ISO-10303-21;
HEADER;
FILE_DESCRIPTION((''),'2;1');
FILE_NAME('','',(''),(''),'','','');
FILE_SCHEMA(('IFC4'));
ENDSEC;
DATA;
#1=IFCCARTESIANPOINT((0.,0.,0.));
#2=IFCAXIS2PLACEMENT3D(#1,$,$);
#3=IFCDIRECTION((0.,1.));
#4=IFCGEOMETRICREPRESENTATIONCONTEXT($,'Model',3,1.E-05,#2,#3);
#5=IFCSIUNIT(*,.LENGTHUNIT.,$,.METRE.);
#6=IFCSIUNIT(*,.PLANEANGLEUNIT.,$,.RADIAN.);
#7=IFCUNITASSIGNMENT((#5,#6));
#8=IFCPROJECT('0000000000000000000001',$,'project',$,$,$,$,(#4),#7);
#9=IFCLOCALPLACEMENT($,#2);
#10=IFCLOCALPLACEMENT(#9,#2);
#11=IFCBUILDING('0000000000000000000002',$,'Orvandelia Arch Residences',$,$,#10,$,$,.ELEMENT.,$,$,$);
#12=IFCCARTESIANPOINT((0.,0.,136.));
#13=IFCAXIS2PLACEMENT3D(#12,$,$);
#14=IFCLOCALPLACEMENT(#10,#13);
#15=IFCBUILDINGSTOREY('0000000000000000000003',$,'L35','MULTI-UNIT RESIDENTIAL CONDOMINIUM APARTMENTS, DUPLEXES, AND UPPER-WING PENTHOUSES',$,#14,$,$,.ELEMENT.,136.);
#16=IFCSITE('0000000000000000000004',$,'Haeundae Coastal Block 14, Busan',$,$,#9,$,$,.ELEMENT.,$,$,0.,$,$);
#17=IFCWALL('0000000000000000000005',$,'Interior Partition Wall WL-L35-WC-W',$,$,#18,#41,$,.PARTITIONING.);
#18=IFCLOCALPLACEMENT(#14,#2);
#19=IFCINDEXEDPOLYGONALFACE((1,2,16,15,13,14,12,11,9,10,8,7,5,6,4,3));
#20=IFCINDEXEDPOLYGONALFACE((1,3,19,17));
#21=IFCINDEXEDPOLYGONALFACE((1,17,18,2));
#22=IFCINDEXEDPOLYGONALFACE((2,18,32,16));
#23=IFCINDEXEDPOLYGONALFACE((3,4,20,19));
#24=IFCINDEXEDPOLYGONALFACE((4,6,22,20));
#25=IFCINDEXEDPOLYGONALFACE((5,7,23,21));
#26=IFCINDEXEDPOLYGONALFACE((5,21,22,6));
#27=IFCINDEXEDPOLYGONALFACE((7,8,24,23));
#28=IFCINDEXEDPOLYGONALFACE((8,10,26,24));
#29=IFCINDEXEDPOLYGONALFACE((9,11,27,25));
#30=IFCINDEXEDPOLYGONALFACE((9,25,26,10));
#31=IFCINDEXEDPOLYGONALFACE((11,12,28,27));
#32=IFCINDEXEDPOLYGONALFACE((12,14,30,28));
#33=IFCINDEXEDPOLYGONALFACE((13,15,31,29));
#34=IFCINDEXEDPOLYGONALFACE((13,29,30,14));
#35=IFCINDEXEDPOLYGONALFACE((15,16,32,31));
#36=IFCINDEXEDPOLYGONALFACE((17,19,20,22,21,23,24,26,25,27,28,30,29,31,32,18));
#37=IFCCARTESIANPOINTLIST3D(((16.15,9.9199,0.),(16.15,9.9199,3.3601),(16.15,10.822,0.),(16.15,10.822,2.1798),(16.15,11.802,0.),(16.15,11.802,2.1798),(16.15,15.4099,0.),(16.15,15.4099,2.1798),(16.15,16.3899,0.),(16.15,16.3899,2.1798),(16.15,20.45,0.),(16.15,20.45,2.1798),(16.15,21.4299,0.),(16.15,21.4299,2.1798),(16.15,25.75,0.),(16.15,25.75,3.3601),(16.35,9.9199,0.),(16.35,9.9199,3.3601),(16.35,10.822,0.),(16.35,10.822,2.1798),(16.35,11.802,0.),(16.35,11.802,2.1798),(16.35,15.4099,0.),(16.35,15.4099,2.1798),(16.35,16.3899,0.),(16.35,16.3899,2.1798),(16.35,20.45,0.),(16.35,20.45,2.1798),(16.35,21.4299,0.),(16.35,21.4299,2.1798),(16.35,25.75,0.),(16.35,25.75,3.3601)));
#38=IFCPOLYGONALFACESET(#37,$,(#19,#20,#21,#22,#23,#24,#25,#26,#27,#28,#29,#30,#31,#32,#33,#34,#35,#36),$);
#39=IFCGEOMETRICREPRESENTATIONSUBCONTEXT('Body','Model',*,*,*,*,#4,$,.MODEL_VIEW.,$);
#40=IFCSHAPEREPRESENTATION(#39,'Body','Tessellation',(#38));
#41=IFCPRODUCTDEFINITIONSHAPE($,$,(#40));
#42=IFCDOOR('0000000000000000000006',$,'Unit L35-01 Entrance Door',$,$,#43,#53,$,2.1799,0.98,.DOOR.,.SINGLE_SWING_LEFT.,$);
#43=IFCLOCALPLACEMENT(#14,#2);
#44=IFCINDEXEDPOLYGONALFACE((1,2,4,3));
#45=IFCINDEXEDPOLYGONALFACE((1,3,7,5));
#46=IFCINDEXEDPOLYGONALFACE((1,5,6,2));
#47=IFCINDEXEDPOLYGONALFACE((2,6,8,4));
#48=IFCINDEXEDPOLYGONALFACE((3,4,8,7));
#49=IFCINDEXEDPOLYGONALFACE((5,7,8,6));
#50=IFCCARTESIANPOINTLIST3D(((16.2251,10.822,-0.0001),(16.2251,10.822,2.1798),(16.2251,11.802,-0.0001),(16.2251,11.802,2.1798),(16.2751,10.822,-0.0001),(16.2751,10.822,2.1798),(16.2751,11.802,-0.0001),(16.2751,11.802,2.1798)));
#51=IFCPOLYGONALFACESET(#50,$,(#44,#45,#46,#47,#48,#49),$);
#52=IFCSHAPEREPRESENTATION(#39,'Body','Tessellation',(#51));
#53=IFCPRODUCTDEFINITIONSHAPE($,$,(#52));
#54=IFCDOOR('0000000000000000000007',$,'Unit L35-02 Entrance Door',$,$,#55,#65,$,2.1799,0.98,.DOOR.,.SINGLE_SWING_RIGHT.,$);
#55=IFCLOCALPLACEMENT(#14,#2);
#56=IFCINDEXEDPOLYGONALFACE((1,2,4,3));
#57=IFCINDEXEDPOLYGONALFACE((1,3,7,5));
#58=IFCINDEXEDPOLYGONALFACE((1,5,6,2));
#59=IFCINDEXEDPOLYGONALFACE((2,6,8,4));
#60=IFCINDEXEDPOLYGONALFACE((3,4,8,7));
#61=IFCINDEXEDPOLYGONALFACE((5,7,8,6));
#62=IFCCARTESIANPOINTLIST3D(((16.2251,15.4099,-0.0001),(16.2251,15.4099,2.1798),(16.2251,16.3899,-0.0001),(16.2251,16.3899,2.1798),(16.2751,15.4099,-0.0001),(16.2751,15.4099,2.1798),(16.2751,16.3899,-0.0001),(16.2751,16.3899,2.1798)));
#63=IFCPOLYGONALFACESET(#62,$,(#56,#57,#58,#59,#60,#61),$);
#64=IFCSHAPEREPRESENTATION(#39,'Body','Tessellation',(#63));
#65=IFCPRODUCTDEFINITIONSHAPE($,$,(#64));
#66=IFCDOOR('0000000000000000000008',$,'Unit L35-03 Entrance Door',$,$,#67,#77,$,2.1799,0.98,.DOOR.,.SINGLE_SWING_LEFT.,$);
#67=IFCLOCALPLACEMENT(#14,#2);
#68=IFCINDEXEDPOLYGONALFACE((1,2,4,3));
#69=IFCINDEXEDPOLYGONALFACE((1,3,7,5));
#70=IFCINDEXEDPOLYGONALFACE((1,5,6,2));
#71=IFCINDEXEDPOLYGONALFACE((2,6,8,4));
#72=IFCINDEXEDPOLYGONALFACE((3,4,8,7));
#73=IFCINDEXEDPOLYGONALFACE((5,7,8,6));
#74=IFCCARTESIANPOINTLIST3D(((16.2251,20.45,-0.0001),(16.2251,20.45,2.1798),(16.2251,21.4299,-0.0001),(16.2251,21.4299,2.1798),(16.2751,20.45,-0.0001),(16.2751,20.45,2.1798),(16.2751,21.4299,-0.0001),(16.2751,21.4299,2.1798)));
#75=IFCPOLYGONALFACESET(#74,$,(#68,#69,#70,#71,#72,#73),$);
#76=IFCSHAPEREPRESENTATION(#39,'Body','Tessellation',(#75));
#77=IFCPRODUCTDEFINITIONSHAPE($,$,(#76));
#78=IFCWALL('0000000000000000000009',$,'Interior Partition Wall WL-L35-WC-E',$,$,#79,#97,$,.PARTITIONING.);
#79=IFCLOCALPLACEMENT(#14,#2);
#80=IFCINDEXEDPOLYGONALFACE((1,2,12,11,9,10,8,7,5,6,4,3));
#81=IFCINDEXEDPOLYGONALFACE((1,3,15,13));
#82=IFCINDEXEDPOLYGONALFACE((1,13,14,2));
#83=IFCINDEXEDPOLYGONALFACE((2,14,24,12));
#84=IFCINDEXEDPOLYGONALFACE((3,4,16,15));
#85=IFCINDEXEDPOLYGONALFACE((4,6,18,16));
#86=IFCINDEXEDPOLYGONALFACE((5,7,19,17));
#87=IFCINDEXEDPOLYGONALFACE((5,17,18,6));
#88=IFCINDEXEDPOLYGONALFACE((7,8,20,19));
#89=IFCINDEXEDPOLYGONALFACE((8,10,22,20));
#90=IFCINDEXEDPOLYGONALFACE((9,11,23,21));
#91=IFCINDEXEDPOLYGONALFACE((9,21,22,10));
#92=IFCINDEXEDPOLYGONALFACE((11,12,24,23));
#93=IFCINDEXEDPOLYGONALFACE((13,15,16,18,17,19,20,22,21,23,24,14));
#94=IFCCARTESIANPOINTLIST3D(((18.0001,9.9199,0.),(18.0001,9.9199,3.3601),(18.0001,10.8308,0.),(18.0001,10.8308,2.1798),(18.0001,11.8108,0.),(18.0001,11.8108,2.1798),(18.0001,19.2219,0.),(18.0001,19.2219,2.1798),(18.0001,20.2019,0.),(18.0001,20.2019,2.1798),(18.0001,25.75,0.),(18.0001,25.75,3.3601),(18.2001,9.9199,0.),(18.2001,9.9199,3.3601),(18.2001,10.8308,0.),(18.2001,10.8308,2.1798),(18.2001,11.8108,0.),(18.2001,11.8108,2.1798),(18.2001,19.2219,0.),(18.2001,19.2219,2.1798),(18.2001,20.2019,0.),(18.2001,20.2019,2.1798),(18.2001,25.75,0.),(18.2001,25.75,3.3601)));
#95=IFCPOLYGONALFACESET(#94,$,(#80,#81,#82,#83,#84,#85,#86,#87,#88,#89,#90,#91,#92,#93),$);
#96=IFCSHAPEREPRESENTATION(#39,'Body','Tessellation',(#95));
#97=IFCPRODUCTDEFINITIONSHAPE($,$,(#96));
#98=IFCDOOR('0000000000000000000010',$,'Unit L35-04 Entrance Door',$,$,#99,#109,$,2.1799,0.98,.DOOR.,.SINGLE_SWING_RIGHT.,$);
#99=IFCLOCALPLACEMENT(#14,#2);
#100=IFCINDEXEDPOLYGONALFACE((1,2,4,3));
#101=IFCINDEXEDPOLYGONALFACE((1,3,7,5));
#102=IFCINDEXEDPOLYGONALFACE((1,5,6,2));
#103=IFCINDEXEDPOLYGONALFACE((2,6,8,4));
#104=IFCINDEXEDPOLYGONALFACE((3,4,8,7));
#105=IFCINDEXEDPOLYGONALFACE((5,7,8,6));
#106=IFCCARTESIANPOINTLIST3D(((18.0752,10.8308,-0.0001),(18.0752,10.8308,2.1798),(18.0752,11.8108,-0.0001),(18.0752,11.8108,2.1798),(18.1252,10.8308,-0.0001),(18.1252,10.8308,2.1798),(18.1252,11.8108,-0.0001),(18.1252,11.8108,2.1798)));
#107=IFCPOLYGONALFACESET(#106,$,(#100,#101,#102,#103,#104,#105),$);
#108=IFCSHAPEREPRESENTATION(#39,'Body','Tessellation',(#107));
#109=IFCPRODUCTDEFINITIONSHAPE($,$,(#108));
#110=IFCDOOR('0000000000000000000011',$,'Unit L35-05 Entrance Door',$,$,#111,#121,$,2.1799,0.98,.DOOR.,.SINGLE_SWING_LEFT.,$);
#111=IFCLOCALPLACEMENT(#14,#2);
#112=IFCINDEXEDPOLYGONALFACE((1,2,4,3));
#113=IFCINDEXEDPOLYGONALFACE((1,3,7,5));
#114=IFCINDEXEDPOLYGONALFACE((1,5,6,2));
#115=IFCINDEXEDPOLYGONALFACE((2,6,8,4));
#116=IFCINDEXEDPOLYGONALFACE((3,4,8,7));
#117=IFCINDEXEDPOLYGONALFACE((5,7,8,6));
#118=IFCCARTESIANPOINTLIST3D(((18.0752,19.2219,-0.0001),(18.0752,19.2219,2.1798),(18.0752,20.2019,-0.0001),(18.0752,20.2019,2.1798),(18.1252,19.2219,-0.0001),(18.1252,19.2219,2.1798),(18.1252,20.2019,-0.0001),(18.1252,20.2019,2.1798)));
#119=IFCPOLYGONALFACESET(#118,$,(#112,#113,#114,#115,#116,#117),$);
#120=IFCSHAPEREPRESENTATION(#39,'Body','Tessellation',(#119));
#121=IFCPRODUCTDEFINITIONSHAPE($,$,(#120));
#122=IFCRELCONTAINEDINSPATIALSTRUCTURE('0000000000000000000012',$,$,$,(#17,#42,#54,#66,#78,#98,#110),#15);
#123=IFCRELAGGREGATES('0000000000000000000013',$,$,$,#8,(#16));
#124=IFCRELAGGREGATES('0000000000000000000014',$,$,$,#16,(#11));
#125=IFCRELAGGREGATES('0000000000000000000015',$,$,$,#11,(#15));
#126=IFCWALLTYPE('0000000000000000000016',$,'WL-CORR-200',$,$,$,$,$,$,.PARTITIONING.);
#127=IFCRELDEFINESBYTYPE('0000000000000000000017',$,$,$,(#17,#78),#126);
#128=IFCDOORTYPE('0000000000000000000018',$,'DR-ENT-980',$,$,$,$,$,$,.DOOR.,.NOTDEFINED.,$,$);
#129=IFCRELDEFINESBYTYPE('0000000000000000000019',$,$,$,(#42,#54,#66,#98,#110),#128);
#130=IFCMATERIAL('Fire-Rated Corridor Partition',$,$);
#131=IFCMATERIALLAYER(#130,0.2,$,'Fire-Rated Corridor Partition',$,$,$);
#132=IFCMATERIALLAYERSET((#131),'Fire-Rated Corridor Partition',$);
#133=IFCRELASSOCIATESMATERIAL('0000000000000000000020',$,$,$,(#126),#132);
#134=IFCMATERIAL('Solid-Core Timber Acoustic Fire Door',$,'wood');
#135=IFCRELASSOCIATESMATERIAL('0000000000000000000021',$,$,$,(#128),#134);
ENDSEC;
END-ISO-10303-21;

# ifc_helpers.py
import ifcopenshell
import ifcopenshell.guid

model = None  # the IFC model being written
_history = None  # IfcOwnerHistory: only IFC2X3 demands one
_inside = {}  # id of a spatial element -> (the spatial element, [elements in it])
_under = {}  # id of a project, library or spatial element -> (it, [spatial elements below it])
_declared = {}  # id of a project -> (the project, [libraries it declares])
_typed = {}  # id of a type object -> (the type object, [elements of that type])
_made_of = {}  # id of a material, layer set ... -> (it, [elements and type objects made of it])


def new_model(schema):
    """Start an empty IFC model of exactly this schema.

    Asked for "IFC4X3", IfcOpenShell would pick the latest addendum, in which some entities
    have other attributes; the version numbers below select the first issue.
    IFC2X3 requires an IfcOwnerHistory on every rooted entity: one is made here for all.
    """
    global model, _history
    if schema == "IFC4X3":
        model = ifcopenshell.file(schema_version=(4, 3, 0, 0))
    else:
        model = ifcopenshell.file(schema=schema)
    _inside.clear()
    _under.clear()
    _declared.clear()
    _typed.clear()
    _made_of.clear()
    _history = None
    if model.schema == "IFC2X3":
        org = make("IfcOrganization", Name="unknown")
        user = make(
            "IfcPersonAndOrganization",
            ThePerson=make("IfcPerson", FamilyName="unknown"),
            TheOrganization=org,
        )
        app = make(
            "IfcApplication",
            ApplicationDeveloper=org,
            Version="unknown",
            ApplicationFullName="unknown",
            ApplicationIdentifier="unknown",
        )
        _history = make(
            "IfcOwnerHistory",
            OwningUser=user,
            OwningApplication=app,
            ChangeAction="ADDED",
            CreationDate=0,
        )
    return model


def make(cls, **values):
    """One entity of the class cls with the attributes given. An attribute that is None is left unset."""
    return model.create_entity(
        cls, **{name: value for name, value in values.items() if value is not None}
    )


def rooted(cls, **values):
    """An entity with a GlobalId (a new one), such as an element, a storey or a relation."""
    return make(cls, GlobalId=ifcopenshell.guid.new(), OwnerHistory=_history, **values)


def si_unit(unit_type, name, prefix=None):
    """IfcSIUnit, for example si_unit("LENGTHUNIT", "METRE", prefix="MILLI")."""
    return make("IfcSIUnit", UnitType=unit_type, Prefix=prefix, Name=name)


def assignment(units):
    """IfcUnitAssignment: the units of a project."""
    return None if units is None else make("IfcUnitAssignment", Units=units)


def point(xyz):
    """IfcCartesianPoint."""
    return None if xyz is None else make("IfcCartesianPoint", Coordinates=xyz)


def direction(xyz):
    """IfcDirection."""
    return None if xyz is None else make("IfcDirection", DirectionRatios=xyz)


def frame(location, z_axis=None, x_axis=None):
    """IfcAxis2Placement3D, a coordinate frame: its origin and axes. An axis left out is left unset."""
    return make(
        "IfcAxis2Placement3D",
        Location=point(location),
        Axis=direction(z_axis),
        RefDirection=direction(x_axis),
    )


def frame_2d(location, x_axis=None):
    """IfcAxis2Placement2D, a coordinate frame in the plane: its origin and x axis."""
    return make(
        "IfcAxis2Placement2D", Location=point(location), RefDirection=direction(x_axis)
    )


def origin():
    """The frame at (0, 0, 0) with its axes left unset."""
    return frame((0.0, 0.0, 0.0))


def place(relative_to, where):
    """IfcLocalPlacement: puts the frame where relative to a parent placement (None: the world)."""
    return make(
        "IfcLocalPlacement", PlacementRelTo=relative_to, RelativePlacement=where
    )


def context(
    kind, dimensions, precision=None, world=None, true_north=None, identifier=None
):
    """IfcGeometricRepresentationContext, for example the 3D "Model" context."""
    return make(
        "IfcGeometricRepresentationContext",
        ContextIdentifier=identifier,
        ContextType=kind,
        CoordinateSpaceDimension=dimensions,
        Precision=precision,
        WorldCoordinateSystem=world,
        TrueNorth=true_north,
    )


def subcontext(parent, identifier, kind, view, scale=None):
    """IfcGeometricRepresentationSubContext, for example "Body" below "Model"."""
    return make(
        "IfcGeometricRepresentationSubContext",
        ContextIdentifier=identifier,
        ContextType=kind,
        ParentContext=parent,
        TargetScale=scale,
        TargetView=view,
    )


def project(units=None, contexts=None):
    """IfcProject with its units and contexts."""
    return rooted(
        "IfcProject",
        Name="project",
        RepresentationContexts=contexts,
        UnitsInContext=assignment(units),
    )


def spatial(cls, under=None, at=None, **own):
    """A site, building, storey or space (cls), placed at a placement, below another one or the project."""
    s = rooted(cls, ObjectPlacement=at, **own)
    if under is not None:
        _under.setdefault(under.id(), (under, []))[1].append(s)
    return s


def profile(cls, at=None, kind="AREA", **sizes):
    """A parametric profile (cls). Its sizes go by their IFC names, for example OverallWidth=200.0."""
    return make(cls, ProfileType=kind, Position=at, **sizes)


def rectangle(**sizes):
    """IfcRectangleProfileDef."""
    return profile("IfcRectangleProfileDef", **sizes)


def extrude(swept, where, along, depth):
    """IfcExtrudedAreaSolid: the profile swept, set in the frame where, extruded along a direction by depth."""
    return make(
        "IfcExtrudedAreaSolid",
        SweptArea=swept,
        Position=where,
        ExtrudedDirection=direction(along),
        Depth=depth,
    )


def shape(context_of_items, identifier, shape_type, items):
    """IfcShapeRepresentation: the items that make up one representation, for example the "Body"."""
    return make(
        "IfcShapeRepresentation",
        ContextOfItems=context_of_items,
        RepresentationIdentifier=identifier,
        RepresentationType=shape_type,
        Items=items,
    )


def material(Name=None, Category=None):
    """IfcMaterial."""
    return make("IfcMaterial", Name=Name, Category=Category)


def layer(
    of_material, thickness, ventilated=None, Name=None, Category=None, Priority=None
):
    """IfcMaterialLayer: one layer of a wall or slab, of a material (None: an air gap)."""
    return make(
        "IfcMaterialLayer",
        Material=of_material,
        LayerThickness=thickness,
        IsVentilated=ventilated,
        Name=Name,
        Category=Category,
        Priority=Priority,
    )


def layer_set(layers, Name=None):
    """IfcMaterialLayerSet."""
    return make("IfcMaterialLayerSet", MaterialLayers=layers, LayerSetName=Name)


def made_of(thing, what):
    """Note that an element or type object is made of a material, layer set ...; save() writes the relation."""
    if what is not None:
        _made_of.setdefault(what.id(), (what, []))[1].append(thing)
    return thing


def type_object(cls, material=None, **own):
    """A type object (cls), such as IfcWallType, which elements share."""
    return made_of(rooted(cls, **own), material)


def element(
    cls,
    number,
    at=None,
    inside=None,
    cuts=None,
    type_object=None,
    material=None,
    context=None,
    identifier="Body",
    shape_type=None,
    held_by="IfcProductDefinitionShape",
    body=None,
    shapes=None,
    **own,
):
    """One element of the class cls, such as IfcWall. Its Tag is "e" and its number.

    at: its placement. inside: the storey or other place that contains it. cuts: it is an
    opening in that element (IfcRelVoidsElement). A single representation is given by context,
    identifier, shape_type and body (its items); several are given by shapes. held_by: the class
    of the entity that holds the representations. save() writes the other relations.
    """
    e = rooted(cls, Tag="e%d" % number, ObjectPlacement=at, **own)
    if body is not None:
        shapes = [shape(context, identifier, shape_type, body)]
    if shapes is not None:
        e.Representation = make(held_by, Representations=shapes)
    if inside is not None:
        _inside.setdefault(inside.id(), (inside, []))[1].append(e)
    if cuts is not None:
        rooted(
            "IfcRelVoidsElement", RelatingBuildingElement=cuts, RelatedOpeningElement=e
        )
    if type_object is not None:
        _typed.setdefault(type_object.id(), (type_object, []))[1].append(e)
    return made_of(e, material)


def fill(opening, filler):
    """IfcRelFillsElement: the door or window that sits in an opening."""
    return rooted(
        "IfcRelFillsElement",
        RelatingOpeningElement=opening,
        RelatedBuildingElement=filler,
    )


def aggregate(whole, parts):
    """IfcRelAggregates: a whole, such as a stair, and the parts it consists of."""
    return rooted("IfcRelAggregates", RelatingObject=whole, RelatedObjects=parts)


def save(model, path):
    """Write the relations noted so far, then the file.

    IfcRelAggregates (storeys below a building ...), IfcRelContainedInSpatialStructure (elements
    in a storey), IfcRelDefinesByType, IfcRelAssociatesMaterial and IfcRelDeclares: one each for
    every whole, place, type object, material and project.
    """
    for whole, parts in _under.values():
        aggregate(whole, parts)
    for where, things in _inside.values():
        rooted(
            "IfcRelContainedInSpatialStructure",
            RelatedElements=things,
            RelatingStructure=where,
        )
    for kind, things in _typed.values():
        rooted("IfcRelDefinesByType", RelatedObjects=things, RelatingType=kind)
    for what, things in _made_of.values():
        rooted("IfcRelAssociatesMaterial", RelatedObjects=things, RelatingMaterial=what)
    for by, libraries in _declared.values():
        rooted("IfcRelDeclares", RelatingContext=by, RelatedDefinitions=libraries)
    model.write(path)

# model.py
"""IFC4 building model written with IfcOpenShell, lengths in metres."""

from ifc_helpers import new_model, si_unit, direction, frame, frame_2d, origin, place, context, subcontext, project, spatial, rectangle, extrude, material, layer, layer_set, type_object, element, fill, save


model = new_model("IFC4")

# Units and contexts
model_context = context("Model", 3, precision=1e-05, world=origin(), true_north=direction((0.0, 1.0)))
body_context = subcontext(model_context, "Body", "Model", "MODEL_VIEW")
ifc_project = project(units=[si_unit("LENGTHUNIT", "METRE"), si_unit("PLANEANGLEUNIT", "RADIAN")], contexts=[model_context])

# Site, building, storey
site_placement = place(None, origin())
site = spatial("IfcSite", under=ifc_project, at=site_placement, Name="Haeundae Coastal Block 14, Busan", CompositionType="ELEMENT", RefElevation=0.0)
building_placement = place(site_placement, origin())
building = spatial("IfcBuilding", under=site, at=building_placement, Name="Orvandelia Arch Residences", CompositionType="ELEMENT")
storey_placement = place(building_placement, frame((0.0, 0.0, 136.0)))
storey = spatial("IfcBuildingStorey", under=building, at=storey_placement, Name="L35", Description="MULTI-UNIT RESIDENTIAL CONDOMINIUM APARTMENTS, DUPLEXES, AND UPPER-WING PENTHOUSES", CompositionType="ELEMENT", Elevation=136.0)

# Walls, openings, doors
ifc_material_1 = material(Name="Fire-Rated Corridor Partition")
ifc_layer_1 = layer(ifc_material_1, 0.2, Name="Fire-Rated Corridor Partition")
ifc_layer_set_1 = layer_set([ifc_layer_1], Name="Fire-Rated Corridor Partition")
wall_type_1 = type_object("IfcWallType", Name="WL-CORR-200", PredefinedType="PARTITIONING", material=ifc_layer_set_1)
wall_1_placement = place(storey_placement, frame((16.25, 9.9199, 0.0), z_axis=(0.0, 0.0, 1.0), x_axis=(0.0, 1.0, 0.0)))
wall_1 = element("IfcWall", 1, at=wall_1_placement, inside=storey, type_object=wall_type_1, Name="Interior Partition Wall WL-L35-WC-W", PredefinedType="PARTITIONING", context=body_context, shape_type="SweptSolid", body=[
    extrude(rectangle(XDim=15.8301, YDim=0.2, at=frame_2d((7.915, 0.0))), origin(), (0.0, 0.0, 1.0), 3.3601),
])
opening_1_placement = place(wall_1_placement, frame((0.9021, 0.0, 0.0)))
opening_1 = element("IfcOpeningElement", 2, at=opening_1_placement, cuts=wall_1, PredefinedType="OPENING", context=body_context, shape_type="SweptSolid", body=[
    extrude(rectangle(XDim=0.98, YDim=2.1799, at=frame_2d((0.49, 1.0898))), frame((0.0, 0.1099, 0.0), z_axis=(0.0, -1.0, 0.0), x_axis=(1.0, 0.0, 0.0)), (0.0, 0.0, 1.0), 0.22),
])
opening_2_placement = place(wall_1_placement, frame((5.49, 0.0, 0.0)))
opening_2 = element("IfcOpeningElement", 3, at=opening_2_placement, cuts=wall_1, PredefinedType="OPENING", context=body_context, shape_type="SweptSolid", body=[
    extrude(rectangle(XDim=0.98, YDim=2.1799, at=frame_2d((0.49, 1.0898))), frame((0.0, 0.1099, 0.0), z_axis=(0.0, -1.0, 0.0), x_axis=(1.0, 0.0, 0.0)), (0.0, 0.0, 1.0), 0.22),
])
opening_3_placement = place(wall_1_placement, frame((10.53, 0.0, 0.0)))
opening_3 = element("IfcOpeningElement", 4, at=opening_3_placement, cuts=wall_1, PredefinedType="OPENING", context=body_context, shape_type="SweptSolid", body=[
    extrude(rectangle(XDim=0.98, YDim=2.1799, at=frame_2d((0.49, 1.0898))), frame((0.0, 0.1099, 0.0), z_axis=(0.0, -1.0, 0.0), x_axis=(1.0, 0.0, 0.0)), (0.0, 0.0, 1.0), 0.22),
])
ifc_material_2 = material(Name="Solid-Core Timber Acoustic Fire Door", Category="wood")
door_type_1 = type_object("IfcDoorType", Name="DR-ENT-980", OperationType="NOTDEFINED", PredefinedType="DOOR", material=ifc_material_2)
door_1_placement = place(opening_1_placement, origin())
door_1 = element("IfcDoor", 5, at=door_1_placement, inside=storey, type_object=door_type_1, Name="Unit L35-01 Entrance Door", OperationType="SINGLE_SWING_LEFT", OverallHeight=2.1799, OverallWidth=0.98, PredefinedType="DOOR", context=body_context, shape_type="SweptSolid", body=[
    extrude(rectangle(XDim=0.98, YDim=2.1799, at=frame_2d((0.49, 1.0898))), frame((0.0, 0.0249, 0.0), z_axis=(0.0, -1.0, 0.0), x_axis=(1.0, 0.0, 0.0)), (0.0, 0.0, 1.0), 0.05),
])
fill(opening_1, door_1)
door_2_placement = place(opening_2_placement, origin())
door_2 = element("IfcDoor", 6, at=door_2_placement, inside=storey, type_object=door_type_1, Name="Unit L35-02 Entrance Door", OperationType="SINGLE_SWING_RIGHT", OverallHeight=2.1799, OverallWidth=0.98, PredefinedType="DOOR", context=body_context, shape_type="SweptSolid", body=[
    extrude(rectangle(XDim=0.98, YDim=2.1799, at=frame_2d((0.49, 1.0898))), frame((0.0, 0.0249, 0.0), z_axis=(0.0, -1.0, 0.0), x_axis=(1.0, 0.0, 0.0)), (0.0, 0.0, 1.0), 0.05),
])
fill(opening_2, door_2)
door_3_placement = place(opening_3_placement, origin())
door_3 = element("IfcDoor", 7, at=door_3_placement, inside=storey, type_object=door_type_1, Name="Unit L35-03 Entrance Door", OperationType="SINGLE_SWING_LEFT", OverallHeight=2.1799, OverallWidth=0.98, PredefinedType="DOOR", context=body_context, shape_type="SweptSolid", body=[
    extrude(rectangle(XDim=0.98, YDim=2.1799, at=frame_2d((0.49, 1.0898))), frame((0.0, 0.0249, 0.0), z_axis=(0.0, -1.0, 0.0), x_axis=(1.0, 0.0, 0.0)), (0.0, 0.0, 1.0), 0.05),
])
fill(opening_3, door_3)
wall_2_placement = place(storey_placement, frame((18.1001, 9.9199, 0.0), z_axis=(0.0, 0.0, 1.0), x_axis=(0.0, 1.0, 0.0)))
wall_2 = element("IfcWall", 8, at=wall_2_placement, inside=storey, type_object=wall_type_1, Name="Interior Partition Wall WL-L35-WC-E", PredefinedType="PARTITIONING", context=body_context, shape_type="SweptSolid", body=[
    extrude(rectangle(XDim=15.8301, YDim=0.2, at=frame_2d((7.915, 0.0))), origin(), (0.0, 0.0, 1.0), 3.3601),
])
opening_4_placement = place(wall_2_placement, frame((0.9109, 0.0, 0.0)))
opening_4 = element("IfcOpeningElement", 9, at=opening_4_placement, cuts=wall_2, PredefinedType="OPENING", context=body_context, shape_type="SweptSolid", body=[
    extrude(rectangle(XDim=0.98, YDim=2.1799, at=frame_2d((0.49, 1.0898))), frame((0.0, 0.1099, 0.0), z_axis=(0.0, -1.0, 0.0), x_axis=(1.0, 0.0, 0.0)), (0.0, 0.0, 1.0), 0.22),
])
opening_5_placement = place(wall_2_placement, frame((9.302, 0.0, 0.0)))
opening_5 = element("IfcOpeningElement", 10, at=opening_5_placement, cuts=wall_2, PredefinedType="OPENING", context=body_context, shape_type="SweptSolid", body=[
    extrude(rectangle(XDim=0.98, YDim=2.1799, at=frame_2d((0.49, 1.0898))), frame((0.0, 0.1099, 0.0), z_axis=(0.0, -1.0, 0.0), x_axis=(1.0, 0.0, 0.0)), (0.0, 0.0, 1.0), 0.22),
])
door_4_placement = place(opening_4_placement, origin())
door_4 = element("IfcDoor", 11, at=door_4_placement, inside=storey, type_object=door_type_1, Name="Unit L35-04 Entrance Door", OperationType="SINGLE_SWING_RIGHT", OverallHeight=2.1799, OverallWidth=0.98, PredefinedType="DOOR", context=body_context, shape_type="SweptSolid", body=[
    extrude(rectangle(XDim=0.98, YDim=2.1799, at=frame_2d((0.49, 1.0898))), frame((0.0, 0.0249, 0.0), z_axis=(0.0, -1.0, 0.0), x_axis=(1.0, 0.0, 0.0)), (0.0, 0.0, 1.0), 0.05),
])
fill(opening_4, door_4)
door_5_placement = place(opening_5_placement, origin())
door_5 = element("IfcDoor", 12, at=door_5_placement, inside=storey, type_object=door_type_1, Name="Unit L35-05 Entrance Door", OperationType="SINGLE_SWING_LEFT", OverallHeight=2.1799, OverallWidth=0.98, PredefinedType="DOOR", context=body_context, shape_type="SweptSolid", body=[
    extrude(rectangle(XDim=0.98, YDim=2.1799, at=frame_2d((0.49, 1.0898))), frame((0.0, 0.0249, 0.0), z_axis=(0.0, -1.0, 0.0), x_axis=(1.0, 0.0, 0.0)), (0.0, 0.0, 1.0), 0.05),
])
fill(opening_5, door_5)

save(model, "model.ifc")
